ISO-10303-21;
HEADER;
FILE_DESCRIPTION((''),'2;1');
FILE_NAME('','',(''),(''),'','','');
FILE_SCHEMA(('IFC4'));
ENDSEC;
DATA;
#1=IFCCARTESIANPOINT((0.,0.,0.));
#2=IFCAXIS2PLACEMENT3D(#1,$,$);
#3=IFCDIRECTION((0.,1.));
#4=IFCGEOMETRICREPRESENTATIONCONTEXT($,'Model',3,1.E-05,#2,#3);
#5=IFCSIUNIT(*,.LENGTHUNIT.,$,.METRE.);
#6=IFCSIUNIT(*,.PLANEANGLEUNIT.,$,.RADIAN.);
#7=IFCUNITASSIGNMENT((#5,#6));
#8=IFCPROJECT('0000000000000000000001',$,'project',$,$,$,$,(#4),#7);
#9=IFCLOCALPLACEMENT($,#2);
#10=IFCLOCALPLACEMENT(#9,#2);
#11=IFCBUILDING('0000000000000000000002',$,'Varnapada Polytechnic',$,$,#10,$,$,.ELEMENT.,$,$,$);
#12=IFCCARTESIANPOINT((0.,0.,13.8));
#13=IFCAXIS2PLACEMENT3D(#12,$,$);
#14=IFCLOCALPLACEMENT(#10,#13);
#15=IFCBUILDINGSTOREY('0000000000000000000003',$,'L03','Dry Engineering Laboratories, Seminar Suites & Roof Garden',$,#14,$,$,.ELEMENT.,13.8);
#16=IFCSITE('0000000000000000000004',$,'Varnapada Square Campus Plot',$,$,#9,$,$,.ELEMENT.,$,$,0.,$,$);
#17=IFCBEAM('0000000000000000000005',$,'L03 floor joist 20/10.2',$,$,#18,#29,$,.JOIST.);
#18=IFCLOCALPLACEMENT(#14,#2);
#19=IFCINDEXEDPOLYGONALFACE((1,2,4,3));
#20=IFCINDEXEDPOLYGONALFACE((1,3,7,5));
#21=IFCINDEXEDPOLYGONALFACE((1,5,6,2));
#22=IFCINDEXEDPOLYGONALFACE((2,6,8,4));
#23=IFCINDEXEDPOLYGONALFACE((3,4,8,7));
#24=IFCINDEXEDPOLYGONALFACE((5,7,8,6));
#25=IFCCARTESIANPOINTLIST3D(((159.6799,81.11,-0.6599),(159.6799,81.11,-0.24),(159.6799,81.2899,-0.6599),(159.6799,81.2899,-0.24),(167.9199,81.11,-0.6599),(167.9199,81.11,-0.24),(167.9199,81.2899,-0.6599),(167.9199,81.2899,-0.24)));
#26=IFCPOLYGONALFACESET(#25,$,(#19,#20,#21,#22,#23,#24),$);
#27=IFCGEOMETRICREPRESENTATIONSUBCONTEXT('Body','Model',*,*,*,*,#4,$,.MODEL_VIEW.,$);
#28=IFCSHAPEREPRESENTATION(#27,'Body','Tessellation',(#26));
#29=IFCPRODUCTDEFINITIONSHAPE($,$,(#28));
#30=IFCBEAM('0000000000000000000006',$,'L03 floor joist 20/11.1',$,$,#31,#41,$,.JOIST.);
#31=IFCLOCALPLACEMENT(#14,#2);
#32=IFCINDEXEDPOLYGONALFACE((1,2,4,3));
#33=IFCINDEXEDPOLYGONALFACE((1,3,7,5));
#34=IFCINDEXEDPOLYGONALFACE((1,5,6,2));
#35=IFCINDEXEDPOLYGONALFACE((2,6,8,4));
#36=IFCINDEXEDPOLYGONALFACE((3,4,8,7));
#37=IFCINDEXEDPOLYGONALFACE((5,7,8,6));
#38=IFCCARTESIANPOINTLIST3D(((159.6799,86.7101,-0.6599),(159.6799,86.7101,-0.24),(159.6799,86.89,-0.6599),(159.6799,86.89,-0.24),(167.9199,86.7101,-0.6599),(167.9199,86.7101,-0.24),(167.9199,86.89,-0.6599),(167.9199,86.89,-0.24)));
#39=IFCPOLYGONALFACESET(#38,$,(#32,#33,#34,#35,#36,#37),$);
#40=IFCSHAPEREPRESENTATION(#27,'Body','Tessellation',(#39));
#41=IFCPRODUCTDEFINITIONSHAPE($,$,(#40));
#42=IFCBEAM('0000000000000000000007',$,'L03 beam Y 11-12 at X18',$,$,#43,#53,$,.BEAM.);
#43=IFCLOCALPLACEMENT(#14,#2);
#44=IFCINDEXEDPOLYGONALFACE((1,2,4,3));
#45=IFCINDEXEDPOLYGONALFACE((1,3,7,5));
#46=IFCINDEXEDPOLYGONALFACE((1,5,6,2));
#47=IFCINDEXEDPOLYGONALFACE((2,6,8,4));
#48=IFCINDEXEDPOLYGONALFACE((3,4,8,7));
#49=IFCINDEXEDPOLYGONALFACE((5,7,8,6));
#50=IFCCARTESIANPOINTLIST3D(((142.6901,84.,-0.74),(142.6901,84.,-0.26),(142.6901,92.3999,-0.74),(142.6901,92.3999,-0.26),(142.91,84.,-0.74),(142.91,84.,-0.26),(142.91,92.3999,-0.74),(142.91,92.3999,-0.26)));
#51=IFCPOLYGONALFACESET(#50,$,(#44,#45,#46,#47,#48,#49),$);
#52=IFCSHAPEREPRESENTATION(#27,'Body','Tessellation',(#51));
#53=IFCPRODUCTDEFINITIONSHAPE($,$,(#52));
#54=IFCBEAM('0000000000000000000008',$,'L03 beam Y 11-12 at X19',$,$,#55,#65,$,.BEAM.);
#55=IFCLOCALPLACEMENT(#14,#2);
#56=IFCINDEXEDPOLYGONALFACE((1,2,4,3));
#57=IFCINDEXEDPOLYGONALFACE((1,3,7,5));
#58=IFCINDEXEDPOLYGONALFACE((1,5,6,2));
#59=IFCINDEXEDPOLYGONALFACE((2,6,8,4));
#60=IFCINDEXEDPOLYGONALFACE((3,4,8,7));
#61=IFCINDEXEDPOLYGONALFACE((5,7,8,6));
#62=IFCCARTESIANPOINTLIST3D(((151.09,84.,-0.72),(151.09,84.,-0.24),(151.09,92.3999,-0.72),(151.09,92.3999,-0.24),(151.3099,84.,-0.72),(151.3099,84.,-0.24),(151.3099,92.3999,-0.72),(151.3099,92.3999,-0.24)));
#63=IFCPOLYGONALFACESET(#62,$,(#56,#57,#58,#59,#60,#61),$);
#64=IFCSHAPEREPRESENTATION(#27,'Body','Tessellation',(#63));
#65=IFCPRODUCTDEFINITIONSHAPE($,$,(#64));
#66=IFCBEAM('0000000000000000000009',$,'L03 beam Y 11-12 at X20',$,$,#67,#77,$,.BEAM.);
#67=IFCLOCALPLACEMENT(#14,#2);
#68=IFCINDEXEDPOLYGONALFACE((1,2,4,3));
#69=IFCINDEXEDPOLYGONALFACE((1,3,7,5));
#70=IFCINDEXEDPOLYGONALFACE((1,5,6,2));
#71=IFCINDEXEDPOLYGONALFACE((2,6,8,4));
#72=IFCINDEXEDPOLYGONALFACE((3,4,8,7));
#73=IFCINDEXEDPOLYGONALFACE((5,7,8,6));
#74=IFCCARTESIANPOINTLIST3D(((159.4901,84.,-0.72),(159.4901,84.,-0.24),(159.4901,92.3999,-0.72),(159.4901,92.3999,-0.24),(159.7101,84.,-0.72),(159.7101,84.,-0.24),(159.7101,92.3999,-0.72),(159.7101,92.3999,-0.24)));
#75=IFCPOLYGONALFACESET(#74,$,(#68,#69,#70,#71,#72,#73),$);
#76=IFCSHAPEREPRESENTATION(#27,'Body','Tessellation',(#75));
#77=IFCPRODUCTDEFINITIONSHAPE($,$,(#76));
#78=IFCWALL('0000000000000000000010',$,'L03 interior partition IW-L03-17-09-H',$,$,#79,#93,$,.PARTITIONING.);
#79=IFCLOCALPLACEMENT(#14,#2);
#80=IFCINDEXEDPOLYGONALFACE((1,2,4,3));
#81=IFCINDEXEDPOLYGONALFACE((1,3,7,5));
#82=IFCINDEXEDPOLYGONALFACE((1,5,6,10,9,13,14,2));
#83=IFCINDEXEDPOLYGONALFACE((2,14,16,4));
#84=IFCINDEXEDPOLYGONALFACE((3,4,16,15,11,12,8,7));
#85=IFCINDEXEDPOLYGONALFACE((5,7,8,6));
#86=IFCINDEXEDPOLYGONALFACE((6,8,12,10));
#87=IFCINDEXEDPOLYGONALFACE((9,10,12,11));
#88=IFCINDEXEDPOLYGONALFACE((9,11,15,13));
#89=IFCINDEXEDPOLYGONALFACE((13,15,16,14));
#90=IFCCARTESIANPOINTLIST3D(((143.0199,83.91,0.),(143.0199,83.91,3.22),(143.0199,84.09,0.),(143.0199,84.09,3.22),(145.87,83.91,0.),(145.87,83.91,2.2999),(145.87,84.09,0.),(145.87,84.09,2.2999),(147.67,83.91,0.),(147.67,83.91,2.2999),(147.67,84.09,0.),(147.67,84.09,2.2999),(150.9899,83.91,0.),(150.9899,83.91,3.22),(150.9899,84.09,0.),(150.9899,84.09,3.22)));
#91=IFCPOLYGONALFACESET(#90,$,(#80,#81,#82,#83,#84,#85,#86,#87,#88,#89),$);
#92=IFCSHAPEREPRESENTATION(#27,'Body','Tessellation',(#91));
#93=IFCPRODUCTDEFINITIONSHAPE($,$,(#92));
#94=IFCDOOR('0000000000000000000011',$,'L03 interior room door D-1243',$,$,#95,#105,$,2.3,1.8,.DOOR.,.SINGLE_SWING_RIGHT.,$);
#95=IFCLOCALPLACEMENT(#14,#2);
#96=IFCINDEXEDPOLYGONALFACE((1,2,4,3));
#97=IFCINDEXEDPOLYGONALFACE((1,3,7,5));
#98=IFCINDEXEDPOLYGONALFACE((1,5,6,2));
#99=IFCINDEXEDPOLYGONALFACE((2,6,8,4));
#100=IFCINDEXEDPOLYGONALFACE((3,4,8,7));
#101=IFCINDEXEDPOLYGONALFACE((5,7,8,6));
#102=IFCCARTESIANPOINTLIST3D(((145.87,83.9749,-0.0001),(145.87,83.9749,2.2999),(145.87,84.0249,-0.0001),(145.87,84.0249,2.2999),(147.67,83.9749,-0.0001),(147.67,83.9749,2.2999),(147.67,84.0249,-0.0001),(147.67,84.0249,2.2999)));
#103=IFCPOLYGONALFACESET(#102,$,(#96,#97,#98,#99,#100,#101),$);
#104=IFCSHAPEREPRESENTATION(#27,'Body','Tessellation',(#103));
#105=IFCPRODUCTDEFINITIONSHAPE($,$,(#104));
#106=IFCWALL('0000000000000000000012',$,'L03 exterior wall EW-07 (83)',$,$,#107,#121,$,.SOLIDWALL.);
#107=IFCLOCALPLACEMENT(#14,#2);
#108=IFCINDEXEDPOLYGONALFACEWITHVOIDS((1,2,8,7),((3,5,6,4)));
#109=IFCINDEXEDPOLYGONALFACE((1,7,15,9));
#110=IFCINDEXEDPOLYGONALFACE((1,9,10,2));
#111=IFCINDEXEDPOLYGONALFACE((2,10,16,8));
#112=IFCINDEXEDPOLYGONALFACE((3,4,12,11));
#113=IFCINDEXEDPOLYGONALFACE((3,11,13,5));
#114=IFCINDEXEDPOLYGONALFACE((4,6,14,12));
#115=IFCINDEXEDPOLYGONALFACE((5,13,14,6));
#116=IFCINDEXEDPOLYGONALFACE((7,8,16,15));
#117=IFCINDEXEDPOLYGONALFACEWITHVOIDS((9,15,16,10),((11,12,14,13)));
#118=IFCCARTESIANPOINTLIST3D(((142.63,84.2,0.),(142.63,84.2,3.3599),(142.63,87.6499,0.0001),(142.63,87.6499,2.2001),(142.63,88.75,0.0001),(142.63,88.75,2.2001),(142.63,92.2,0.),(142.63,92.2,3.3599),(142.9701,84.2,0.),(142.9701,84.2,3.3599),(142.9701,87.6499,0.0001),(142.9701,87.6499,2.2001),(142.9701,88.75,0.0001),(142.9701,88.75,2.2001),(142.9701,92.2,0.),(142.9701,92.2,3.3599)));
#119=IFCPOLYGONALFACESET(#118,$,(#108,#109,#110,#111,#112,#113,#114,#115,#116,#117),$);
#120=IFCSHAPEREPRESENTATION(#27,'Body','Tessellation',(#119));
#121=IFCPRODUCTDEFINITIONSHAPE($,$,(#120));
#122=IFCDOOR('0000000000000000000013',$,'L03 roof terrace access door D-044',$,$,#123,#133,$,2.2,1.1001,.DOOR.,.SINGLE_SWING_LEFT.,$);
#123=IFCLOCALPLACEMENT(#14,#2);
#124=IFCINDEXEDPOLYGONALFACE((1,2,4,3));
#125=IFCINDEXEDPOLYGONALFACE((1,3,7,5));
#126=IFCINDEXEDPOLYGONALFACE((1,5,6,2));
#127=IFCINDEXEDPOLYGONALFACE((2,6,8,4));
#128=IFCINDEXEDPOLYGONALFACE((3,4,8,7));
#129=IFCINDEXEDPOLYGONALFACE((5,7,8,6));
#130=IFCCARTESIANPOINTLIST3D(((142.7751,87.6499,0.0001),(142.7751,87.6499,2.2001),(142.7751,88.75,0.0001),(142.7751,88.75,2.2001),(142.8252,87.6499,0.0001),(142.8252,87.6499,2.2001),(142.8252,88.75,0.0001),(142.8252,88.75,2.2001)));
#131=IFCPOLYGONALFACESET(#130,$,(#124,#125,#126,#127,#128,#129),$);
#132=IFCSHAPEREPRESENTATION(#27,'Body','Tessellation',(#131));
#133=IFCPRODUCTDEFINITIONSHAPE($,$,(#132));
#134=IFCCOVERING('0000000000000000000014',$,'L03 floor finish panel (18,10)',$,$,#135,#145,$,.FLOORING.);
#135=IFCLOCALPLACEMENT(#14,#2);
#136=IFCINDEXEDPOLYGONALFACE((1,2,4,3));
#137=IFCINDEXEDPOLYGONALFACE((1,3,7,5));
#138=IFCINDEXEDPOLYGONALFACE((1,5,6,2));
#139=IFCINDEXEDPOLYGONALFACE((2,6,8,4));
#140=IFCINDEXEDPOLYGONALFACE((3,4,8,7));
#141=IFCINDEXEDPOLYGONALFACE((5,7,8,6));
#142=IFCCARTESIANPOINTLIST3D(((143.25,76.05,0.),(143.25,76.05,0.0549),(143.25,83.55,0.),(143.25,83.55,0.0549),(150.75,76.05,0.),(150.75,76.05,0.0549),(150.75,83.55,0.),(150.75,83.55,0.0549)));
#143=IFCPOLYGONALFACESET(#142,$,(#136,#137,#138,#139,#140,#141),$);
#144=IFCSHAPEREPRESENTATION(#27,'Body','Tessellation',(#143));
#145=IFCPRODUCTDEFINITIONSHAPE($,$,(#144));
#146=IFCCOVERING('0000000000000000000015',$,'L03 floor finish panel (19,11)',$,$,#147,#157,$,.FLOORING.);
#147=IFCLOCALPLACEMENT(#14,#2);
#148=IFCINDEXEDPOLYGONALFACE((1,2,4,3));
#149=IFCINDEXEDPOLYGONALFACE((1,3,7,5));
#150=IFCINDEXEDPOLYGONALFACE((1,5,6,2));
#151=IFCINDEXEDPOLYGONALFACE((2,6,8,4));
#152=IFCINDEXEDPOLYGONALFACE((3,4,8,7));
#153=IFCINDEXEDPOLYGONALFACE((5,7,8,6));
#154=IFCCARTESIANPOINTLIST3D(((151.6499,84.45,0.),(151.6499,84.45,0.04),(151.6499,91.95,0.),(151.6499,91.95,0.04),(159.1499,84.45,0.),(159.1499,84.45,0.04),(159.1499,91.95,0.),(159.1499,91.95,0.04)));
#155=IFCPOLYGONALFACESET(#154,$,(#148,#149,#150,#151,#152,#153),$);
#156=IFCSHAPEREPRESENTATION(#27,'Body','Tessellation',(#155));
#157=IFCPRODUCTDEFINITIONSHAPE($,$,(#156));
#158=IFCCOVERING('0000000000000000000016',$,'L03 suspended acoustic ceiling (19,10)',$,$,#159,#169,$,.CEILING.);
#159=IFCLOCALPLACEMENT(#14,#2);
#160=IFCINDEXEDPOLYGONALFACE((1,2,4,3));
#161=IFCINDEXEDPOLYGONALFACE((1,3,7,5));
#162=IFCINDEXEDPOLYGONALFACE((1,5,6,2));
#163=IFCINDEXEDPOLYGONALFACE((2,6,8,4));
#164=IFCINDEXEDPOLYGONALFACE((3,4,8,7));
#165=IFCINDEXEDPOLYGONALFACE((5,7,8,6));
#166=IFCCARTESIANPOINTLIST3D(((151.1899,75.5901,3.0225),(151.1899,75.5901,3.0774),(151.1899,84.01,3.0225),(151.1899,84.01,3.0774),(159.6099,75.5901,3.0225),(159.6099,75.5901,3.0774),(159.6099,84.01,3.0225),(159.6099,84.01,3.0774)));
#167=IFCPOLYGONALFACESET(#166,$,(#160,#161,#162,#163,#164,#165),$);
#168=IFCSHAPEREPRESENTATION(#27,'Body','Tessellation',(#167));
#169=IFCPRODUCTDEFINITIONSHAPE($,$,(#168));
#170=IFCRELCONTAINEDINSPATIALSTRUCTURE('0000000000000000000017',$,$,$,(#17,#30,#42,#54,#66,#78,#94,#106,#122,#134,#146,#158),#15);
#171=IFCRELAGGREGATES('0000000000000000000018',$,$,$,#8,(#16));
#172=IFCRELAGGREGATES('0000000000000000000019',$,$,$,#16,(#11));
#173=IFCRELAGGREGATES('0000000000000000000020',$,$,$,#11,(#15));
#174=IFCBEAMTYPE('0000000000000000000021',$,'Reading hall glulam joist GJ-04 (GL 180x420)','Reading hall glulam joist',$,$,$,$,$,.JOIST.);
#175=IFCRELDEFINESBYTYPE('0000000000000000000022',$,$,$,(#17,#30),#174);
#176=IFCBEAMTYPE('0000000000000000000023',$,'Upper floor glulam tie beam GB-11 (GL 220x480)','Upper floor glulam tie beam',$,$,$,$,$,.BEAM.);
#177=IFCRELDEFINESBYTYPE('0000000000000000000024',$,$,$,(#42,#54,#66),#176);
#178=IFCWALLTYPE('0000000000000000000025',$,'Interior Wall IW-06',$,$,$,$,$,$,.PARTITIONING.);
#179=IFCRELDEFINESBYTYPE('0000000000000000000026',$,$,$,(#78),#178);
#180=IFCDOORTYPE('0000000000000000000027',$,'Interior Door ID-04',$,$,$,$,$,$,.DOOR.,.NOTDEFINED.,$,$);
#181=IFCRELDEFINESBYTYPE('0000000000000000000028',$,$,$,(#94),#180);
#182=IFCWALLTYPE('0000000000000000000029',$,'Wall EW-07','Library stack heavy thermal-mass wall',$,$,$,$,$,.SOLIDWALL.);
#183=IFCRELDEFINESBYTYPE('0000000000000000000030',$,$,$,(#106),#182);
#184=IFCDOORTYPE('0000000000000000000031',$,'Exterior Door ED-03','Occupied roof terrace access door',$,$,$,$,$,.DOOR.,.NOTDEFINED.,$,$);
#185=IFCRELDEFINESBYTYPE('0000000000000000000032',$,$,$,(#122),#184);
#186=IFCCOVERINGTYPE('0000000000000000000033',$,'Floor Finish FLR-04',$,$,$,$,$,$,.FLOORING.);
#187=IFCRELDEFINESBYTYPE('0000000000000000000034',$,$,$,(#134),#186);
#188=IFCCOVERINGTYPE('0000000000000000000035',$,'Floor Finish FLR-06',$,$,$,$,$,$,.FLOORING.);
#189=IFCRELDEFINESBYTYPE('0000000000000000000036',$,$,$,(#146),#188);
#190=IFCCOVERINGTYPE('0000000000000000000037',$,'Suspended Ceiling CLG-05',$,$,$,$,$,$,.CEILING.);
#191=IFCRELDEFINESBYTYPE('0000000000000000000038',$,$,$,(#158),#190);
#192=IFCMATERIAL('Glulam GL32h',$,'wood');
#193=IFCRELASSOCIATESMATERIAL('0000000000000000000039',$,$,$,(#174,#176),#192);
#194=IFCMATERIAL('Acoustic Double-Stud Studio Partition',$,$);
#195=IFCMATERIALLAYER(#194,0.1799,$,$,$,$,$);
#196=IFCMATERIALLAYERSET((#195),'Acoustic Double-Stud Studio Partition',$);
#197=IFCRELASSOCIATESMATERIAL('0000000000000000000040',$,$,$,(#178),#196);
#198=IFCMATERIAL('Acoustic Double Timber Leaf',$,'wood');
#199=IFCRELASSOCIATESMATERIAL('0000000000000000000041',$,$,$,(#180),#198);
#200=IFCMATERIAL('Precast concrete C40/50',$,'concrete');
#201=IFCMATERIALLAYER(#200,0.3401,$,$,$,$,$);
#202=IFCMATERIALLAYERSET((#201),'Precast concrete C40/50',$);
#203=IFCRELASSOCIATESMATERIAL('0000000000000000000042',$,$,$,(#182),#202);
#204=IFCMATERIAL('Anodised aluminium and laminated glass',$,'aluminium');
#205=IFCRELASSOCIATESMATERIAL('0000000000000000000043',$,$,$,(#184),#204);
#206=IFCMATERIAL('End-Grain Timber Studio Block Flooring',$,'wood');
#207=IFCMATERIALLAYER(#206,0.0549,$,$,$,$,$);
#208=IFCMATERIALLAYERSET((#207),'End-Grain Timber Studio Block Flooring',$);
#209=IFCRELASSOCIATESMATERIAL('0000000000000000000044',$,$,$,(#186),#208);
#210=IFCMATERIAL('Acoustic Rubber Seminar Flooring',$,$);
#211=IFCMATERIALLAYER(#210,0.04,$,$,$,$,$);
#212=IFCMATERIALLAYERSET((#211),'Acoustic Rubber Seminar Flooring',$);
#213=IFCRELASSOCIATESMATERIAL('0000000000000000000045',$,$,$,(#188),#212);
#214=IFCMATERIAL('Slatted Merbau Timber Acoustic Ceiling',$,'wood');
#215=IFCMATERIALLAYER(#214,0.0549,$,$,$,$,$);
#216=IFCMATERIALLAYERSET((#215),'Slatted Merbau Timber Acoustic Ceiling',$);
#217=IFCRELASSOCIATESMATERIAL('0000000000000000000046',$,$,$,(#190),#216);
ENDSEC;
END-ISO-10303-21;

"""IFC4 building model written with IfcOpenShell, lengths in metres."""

from ifc_helpers import new_model, si_unit, direction, frame, frame_2d, origin, origin_2d, place, context, subcontext, project, spatial, rectangle, extrude, material, layer, layer_set, material_profile, profile_set, type_object, element, fill, save


model = new_model("IFC4")

# Units and contexts
model_context = context("Model", 3, precision=1e-05, world=origin(), true_north=direction((0.0, 1.0)))
body_context = subcontext(model_context, "Body", "Model", "MODEL_VIEW")
ifc_project = project(units=[si_unit("LENGTHUNIT", "METRE"), si_unit("PLANEANGLEUNIT", "RADIAN")], contexts=[model_context])

# Site, building, storey
site_placement = place(None, origin())
site = spatial("IfcSite", under=ifc_project, at=site_placement, Name="Varnapada Square Campus Plot", CompositionType="ELEMENT", RefElevation=0.0)
building_placement = place(site_placement, origin())
building = spatial("IfcBuilding", under=site, at=building_placement, Name="Varnapada Polytechnic", CompositionType="ELEMENT")
storey_placement = place(building_placement, frame((0.0, 0.0, 13.8)))
storey = spatial("IfcBuildingStorey", under=building, at=storey_placement, Name="L03", Description="Dry Engineering Laboratories, Seminar Suites & Roof Garden", CompositionType="ELEMENT", Elevation=13.8)

# Shared definitions
ifc_material_1 = material(Name="Glulam GL32h", Category="wood")

# Beams
ifc_material_profile_1 = material_profile(ifc_material_1, rectangle(XDim=0.1799, YDim=0.4199, at=origin_2d()), Name="GL 180x420")
ifc_profile_set_1 = profile_set([ifc_material_profile_1], Name="Glulam GL32h")
beam_type_1 = type_object("IfcBeamType", Name="Reading hall glulam joist GJ-04 (GL 180x420)", Description="Reading hall glulam joist", PredefinedType="JOIST", material=ifc_profile_set_1)
for number, where, z_axis, x_axis, name in (
    (1, (159.6799, 81.2, -0.45), (1.0, 0.0, 0.0), (0.0, 1.0, 0.0), "L03 floor joist 20/10.2"),
    (2, (159.6799, 86.8, -0.45), (1.0, 0.0, 0.0), (0.0, 1.0, 0.0), "L03 floor joist 20/11.1"),
):
    element("IfcBeam", number, at=place(storey_placement, frame(where, z_axis=z_axis, x_axis=x_axis)), inside=storey, type_object=beam_type_1, Name=name, PredefinedType="JOIST", context=body_context, shape_type="SweptSolid", body=[
        extrude(rectangle(XDim=0.1799, YDim=0.4199, at=origin_2d()), origin(), (0.0, 0.0, 1.0), 8.24),
    ])
ifc_material_profile_2 = material_profile(ifc_material_1, rectangle(XDim=0.22, YDim=0.48, at=origin_2d()), Name="GL 220x480")
ifc_profile_set_2 = profile_set([ifc_material_profile_2], Name="Glulam GL32h")
beam_type_2 = type_object("IfcBeamType", Name="Upper floor glulam tie beam GB-11 (GL 220x480)", Description="Upper floor glulam tie beam", PredefinedType="BEAM", material=ifc_profile_set_2)
for number, where, z_axis, x_axis, name in (
    (3, (142.8, 84.0, -0.5), (0.0, 1.0, 0.0), (-1.0, 0.0, 0.0), "L03 beam Y 11-12 at X18"),
    (4, (151.2, 84.0, -0.48), (0.0, 1.0, 0.0), (-1.0, 0.0, 0.0), "L03 beam Y 11-12 at X19"),
    (5, (159.6001, 84.0, -0.48), (0.0, 1.0, 0.0), (-1.0, 0.0, 0.0), "L03 beam Y 11-12 at X20"),
):
    element("IfcBeam", number, at=place(storey_placement, frame(where, z_axis=z_axis, x_axis=x_axis)), inside=storey, type_object=beam_type_2, Name=name, PredefinedType="BEAM", context=body_context, shape_type="SweptSolid", body=[
        extrude(rectangle(XDim=0.22, YDim=0.48, at=origin_2d()), origin(), (0.0, 0.0, 1.0), 8.3999),
    ])

# Walls, openings, doors
ifc_material_2 = material(Name="Acoustic Double-Stud Studio Partition")
ifc_layer_1 = layer(ifc_material_2, 0.1799)
ifc_layer_set_1 = layer_set([ifc_layer_1], Name="Acoustic Double-Stud Studio Partition")
wall_type_1 = type_object("IfcWallType", Name="Interior Wall IW-06", PredefinedType="PARTITIONING", material=ifc_layer_set_1)
wall_1_placement = place(storey_placement, frame((143.02, 84.0, 0.0), z_axis=(0.0, 0.0, 1.0), x_axis=(1.0, 0.0, 0.0)))
wall_1 = element("IfcWall", 6, at=wall_1_placement, inside=storey, type_object=wall_type_1, Name="L03 interior partition IW-L03-17-09-H", PredefinedType="PARTITIONING", context=body_context, shape_type="SweptSolid", body=[
    extrude(rectangle(XDim=7.97, YDim=0.1799, at=frame_2d((3.9849, 0.0))), origin(), (0.0, 0.0, 1.0), 3.22),
])
opening_1_placement = place(wall_1_placement, frame((2.8501, 0.0, 0.0)))
opening_1 = element("IfcOpeningElement", 7, at=opening_1_placement, cuts=wall_1, PredefinedType="OPENING", context=body_context, shape_type="SweptSolid", body=[
    extrude(rectangle(XDim=1.8, YDim=2.3, at=frame_2d((0.8999, 1.1499))), frame((0.0, 0.0999, 0.0), z_axis=(0.0, -1.0, 0.0), x_axis=(1.0, 0.0, 0.0)), (0.0, 0.0, 1.0), 0.2),
])
ifc_material_3 = material(Name="Acoustic Double Timber Leaf", Category="wood")
door_type_1 = type_object("IfcDoorType", Name="Interior Door ID-04", OperationType="NOTDEFINED", PredefinedType="DOOR", material=ifc_material_3)
door_1_placement = place(opening_1_placement, origin())
door_1 = element("IfcDoor", 8, at=door_1_placement, inside=storey, type_object=door_type_1, Name="L03 interior room door D-1243", OperationType="SINGLE_SWING_RIGHT", OverallHeight=2.3, OverallWidth=1.8, PredefinedType="DOOR", context=body_context, shape_type="SweptSolid", body=[
    extrude(rectangle(XDim=1.8, YDim=2.3, at=frame_2d((0.8999, 1.1499))), frame((0.0, 0.0249, 0.0), z_axis=(0.0, -1.0, 0.0), x_axis=(1.0, 0.0, 0.0)), (0.0, 0.0, 1.0), 0.05),
])
fill(opening_1, door_1)
ifc_material_4 = material(Name="Precast concrete C40/50", Category="concrete")
ifc_layer_2 = layer(ifc_material_4, 0.3401)
ifc_layer_set_2 = layer_set([ifc_layer_2], Name="Precast concrete C40/50")
wall_type_2 = type_object("IfcWallType", Name="Wall EW-07", Description="Library stack heavy thermal-mass wall", PredefinedType="SOLIDWALL", material=ifc_layer_set_2)
wall_2_placement = place(storey_placement, frame((142.8, 84.2, 0.0), z_axis=(0.0, 0.0, 1.0), x_axis=(0.0, 1.0, 0.0)))
wall_2 = element("IfcWall", 9, at=wall_2_placement, inside=storey, type_object=wall_type_2, Name="L03 exterior wall EW-07 (83)", PredefinedType="SOLIDWALL", context=body_context, shape_type="SweptSolid", body=[
    extrude(rectangle(XDim=8.0, YDim=0.3401, at=frame_2d((4.0, 0.0))), origin(), (0.0, 0.0, 1.0), 3.3599),
])
opening_2_placement = place(wall_2_placement, frame((3.45, 0.0, 0.0)))
opening_2 = element("IfcOpeningElement", 10, at=opening_2_placement, cuts=wall_2, PredefinedType="OPENING", context=body_context, shape_type="SweptSolid", body=[
    extrude(rectangle(XDim=1.1001, YDim=2.2, at=frame_2d((0.55, 1.1001))), frame((0.0, 0.1799, 0.0), z_axis=(0.0, -1.0, 0.0), x_axis=(1.0, 0.0, 0.0)), (0.0, 0.0, 1.0), 0.3601),
])
ifc_material_5 = material(Name="Anodised aluminium and laminated glass", Category="aluminium")
door_type_2 = type_object("IfcDoorType", Name="Exterior Door ED-03", Description="Occupied roof terrace access door", OperationType="NOTDEFINED", PredefinedType="DOOR", material=ifc_material_5)
door_2_placement = place(opening_2_placement, origin())
door_2 = element("IfcDoor", 11, at=door_2_placement, inside=storey, type_object=door_type_2, Name="L03 roof terrace access door D-044", OperationType="SINGLE_SWING_LEFT", OverallHeight=2.2, OverallWidth=1.1001, PredefinedType="DOOR", context=body_context, shape_type="SweptSolid", body=[
    extrude(rectangle(XDim=1.1001, YDim=2.2, at=frame_2d((0.55, 1.1001))), frame((0.0, 0.0249, 0.0), z_axis=(0.0, -1.0, 0.0), x_axis=(1.0, 0.0, 0.0)), (0.0, 0.0, 1.0), 0.05),
])
fill(opening_2, door_2)

# Coverings
ifc_material_6 = material(Name="End-Grain Timber Studio Block Flooring", Category="wood")
ifc_layer_3 = layer(ifc_material_6, 0.0549)
ifc_layer_set_3 = layer_set([ifc_layer_3], Name="End-Grain Timber Studio Block Flooring")
covering_type_1 = type_object("IfcCoveringType", Name="Floor Finish FLR-04", PredefinedType="FLOORING", material=ifc_layer_set_3)
covering_1_placement = place(storey_placement, frame((147.0, 79.8, 0.0), z_axis=(0.0, 0.0, 1.0), x_axis=(1.0, 0.0, 0.0)))
element("IfcCovering", 12, at=covering_1_placement, inside=storey, type_object=covering_type_1, Name="L03 floor finish panel (18,10)", PredefinedType="FLOORING", context=body_context, shape_type="SweptSolid", body=[
    extrude(rectangle(XDim=7.5, YDim=7.5, at=origin_2d()), origin(), (0.0, 0.0, 1.0), 0.0549),
])
ifc_material_7 = material(Name="Acoustic Rubber Seminar Flooring")
ifc_layer_4 = layer(ifc_material_7, 0.04)
ifc_layer_set_4 = layer_set([ifc_layer_4], Name="Acoustic Rubber Seminar Flooring")
covering_type_2 = type_object("IfcCoveringType", Name="Floor Finish FLR-06", PredefinedType="FLOORING", material=ifc_layer_set_4)
covering_2_placement = place(storey_placement, frame((155.3999, 88.2, 0.0), z_axis=(0.0, 0.0, 1.0), x_axis=(1.0, 0.0, 0.0)))
element("IfcCovering", 13, at=covering_2_placement, inside=storey, type_object=covering_type_2, Name="L03 floor finish panel (19,11)", PredefinedType="FLOORING", context=body_context, shape_type="SweptSolid", body=[
    extrude(rectangle(XDim=7.5, YDim=7.5, at=origin_2d()), origin(), (0.0, 0.0, 1.0), 0.04),
])
ifc_material_8 = material(Name="Slatted Merbau Timber Acoustic Ceiling", Category="wood")
ifc_layer_5 = layer(ifc_material_8, 0.0549)
ifc_layer_set_5 = layer_set([ifc_layer_5], Name="Slatted Merbau Timber Acoustic Ceiling")
covering_type_3 = type_object("IfcCoveringType", Name="Suspended Ceiling CLG-05", PredefinedType="CEILING", material=ifc_layer_set_5)
covering_3_placement = place(storey_placement, frame((155.3999, 79.8, 3.0225), z_axis=(0.0, 0.0, 1.0), x_axis=(1.0, 0.0, 0.0)))
element("IfcCovering", 14, at=covering_3_placement, inside=storey, type_object=covering_type_3, Name="L03 suspended acoustic ceiling (19,10)", PredefinedType="CEILING", context=body_context, shape_type="SweptSolid", body=[
    extrude(rectangle(XDim=8.4199, YDim=8.4199, at=origin_2d()), origin(), (0.0, 0.0, 1.0), 0.0549),
])

save(model, "model.ifc")
